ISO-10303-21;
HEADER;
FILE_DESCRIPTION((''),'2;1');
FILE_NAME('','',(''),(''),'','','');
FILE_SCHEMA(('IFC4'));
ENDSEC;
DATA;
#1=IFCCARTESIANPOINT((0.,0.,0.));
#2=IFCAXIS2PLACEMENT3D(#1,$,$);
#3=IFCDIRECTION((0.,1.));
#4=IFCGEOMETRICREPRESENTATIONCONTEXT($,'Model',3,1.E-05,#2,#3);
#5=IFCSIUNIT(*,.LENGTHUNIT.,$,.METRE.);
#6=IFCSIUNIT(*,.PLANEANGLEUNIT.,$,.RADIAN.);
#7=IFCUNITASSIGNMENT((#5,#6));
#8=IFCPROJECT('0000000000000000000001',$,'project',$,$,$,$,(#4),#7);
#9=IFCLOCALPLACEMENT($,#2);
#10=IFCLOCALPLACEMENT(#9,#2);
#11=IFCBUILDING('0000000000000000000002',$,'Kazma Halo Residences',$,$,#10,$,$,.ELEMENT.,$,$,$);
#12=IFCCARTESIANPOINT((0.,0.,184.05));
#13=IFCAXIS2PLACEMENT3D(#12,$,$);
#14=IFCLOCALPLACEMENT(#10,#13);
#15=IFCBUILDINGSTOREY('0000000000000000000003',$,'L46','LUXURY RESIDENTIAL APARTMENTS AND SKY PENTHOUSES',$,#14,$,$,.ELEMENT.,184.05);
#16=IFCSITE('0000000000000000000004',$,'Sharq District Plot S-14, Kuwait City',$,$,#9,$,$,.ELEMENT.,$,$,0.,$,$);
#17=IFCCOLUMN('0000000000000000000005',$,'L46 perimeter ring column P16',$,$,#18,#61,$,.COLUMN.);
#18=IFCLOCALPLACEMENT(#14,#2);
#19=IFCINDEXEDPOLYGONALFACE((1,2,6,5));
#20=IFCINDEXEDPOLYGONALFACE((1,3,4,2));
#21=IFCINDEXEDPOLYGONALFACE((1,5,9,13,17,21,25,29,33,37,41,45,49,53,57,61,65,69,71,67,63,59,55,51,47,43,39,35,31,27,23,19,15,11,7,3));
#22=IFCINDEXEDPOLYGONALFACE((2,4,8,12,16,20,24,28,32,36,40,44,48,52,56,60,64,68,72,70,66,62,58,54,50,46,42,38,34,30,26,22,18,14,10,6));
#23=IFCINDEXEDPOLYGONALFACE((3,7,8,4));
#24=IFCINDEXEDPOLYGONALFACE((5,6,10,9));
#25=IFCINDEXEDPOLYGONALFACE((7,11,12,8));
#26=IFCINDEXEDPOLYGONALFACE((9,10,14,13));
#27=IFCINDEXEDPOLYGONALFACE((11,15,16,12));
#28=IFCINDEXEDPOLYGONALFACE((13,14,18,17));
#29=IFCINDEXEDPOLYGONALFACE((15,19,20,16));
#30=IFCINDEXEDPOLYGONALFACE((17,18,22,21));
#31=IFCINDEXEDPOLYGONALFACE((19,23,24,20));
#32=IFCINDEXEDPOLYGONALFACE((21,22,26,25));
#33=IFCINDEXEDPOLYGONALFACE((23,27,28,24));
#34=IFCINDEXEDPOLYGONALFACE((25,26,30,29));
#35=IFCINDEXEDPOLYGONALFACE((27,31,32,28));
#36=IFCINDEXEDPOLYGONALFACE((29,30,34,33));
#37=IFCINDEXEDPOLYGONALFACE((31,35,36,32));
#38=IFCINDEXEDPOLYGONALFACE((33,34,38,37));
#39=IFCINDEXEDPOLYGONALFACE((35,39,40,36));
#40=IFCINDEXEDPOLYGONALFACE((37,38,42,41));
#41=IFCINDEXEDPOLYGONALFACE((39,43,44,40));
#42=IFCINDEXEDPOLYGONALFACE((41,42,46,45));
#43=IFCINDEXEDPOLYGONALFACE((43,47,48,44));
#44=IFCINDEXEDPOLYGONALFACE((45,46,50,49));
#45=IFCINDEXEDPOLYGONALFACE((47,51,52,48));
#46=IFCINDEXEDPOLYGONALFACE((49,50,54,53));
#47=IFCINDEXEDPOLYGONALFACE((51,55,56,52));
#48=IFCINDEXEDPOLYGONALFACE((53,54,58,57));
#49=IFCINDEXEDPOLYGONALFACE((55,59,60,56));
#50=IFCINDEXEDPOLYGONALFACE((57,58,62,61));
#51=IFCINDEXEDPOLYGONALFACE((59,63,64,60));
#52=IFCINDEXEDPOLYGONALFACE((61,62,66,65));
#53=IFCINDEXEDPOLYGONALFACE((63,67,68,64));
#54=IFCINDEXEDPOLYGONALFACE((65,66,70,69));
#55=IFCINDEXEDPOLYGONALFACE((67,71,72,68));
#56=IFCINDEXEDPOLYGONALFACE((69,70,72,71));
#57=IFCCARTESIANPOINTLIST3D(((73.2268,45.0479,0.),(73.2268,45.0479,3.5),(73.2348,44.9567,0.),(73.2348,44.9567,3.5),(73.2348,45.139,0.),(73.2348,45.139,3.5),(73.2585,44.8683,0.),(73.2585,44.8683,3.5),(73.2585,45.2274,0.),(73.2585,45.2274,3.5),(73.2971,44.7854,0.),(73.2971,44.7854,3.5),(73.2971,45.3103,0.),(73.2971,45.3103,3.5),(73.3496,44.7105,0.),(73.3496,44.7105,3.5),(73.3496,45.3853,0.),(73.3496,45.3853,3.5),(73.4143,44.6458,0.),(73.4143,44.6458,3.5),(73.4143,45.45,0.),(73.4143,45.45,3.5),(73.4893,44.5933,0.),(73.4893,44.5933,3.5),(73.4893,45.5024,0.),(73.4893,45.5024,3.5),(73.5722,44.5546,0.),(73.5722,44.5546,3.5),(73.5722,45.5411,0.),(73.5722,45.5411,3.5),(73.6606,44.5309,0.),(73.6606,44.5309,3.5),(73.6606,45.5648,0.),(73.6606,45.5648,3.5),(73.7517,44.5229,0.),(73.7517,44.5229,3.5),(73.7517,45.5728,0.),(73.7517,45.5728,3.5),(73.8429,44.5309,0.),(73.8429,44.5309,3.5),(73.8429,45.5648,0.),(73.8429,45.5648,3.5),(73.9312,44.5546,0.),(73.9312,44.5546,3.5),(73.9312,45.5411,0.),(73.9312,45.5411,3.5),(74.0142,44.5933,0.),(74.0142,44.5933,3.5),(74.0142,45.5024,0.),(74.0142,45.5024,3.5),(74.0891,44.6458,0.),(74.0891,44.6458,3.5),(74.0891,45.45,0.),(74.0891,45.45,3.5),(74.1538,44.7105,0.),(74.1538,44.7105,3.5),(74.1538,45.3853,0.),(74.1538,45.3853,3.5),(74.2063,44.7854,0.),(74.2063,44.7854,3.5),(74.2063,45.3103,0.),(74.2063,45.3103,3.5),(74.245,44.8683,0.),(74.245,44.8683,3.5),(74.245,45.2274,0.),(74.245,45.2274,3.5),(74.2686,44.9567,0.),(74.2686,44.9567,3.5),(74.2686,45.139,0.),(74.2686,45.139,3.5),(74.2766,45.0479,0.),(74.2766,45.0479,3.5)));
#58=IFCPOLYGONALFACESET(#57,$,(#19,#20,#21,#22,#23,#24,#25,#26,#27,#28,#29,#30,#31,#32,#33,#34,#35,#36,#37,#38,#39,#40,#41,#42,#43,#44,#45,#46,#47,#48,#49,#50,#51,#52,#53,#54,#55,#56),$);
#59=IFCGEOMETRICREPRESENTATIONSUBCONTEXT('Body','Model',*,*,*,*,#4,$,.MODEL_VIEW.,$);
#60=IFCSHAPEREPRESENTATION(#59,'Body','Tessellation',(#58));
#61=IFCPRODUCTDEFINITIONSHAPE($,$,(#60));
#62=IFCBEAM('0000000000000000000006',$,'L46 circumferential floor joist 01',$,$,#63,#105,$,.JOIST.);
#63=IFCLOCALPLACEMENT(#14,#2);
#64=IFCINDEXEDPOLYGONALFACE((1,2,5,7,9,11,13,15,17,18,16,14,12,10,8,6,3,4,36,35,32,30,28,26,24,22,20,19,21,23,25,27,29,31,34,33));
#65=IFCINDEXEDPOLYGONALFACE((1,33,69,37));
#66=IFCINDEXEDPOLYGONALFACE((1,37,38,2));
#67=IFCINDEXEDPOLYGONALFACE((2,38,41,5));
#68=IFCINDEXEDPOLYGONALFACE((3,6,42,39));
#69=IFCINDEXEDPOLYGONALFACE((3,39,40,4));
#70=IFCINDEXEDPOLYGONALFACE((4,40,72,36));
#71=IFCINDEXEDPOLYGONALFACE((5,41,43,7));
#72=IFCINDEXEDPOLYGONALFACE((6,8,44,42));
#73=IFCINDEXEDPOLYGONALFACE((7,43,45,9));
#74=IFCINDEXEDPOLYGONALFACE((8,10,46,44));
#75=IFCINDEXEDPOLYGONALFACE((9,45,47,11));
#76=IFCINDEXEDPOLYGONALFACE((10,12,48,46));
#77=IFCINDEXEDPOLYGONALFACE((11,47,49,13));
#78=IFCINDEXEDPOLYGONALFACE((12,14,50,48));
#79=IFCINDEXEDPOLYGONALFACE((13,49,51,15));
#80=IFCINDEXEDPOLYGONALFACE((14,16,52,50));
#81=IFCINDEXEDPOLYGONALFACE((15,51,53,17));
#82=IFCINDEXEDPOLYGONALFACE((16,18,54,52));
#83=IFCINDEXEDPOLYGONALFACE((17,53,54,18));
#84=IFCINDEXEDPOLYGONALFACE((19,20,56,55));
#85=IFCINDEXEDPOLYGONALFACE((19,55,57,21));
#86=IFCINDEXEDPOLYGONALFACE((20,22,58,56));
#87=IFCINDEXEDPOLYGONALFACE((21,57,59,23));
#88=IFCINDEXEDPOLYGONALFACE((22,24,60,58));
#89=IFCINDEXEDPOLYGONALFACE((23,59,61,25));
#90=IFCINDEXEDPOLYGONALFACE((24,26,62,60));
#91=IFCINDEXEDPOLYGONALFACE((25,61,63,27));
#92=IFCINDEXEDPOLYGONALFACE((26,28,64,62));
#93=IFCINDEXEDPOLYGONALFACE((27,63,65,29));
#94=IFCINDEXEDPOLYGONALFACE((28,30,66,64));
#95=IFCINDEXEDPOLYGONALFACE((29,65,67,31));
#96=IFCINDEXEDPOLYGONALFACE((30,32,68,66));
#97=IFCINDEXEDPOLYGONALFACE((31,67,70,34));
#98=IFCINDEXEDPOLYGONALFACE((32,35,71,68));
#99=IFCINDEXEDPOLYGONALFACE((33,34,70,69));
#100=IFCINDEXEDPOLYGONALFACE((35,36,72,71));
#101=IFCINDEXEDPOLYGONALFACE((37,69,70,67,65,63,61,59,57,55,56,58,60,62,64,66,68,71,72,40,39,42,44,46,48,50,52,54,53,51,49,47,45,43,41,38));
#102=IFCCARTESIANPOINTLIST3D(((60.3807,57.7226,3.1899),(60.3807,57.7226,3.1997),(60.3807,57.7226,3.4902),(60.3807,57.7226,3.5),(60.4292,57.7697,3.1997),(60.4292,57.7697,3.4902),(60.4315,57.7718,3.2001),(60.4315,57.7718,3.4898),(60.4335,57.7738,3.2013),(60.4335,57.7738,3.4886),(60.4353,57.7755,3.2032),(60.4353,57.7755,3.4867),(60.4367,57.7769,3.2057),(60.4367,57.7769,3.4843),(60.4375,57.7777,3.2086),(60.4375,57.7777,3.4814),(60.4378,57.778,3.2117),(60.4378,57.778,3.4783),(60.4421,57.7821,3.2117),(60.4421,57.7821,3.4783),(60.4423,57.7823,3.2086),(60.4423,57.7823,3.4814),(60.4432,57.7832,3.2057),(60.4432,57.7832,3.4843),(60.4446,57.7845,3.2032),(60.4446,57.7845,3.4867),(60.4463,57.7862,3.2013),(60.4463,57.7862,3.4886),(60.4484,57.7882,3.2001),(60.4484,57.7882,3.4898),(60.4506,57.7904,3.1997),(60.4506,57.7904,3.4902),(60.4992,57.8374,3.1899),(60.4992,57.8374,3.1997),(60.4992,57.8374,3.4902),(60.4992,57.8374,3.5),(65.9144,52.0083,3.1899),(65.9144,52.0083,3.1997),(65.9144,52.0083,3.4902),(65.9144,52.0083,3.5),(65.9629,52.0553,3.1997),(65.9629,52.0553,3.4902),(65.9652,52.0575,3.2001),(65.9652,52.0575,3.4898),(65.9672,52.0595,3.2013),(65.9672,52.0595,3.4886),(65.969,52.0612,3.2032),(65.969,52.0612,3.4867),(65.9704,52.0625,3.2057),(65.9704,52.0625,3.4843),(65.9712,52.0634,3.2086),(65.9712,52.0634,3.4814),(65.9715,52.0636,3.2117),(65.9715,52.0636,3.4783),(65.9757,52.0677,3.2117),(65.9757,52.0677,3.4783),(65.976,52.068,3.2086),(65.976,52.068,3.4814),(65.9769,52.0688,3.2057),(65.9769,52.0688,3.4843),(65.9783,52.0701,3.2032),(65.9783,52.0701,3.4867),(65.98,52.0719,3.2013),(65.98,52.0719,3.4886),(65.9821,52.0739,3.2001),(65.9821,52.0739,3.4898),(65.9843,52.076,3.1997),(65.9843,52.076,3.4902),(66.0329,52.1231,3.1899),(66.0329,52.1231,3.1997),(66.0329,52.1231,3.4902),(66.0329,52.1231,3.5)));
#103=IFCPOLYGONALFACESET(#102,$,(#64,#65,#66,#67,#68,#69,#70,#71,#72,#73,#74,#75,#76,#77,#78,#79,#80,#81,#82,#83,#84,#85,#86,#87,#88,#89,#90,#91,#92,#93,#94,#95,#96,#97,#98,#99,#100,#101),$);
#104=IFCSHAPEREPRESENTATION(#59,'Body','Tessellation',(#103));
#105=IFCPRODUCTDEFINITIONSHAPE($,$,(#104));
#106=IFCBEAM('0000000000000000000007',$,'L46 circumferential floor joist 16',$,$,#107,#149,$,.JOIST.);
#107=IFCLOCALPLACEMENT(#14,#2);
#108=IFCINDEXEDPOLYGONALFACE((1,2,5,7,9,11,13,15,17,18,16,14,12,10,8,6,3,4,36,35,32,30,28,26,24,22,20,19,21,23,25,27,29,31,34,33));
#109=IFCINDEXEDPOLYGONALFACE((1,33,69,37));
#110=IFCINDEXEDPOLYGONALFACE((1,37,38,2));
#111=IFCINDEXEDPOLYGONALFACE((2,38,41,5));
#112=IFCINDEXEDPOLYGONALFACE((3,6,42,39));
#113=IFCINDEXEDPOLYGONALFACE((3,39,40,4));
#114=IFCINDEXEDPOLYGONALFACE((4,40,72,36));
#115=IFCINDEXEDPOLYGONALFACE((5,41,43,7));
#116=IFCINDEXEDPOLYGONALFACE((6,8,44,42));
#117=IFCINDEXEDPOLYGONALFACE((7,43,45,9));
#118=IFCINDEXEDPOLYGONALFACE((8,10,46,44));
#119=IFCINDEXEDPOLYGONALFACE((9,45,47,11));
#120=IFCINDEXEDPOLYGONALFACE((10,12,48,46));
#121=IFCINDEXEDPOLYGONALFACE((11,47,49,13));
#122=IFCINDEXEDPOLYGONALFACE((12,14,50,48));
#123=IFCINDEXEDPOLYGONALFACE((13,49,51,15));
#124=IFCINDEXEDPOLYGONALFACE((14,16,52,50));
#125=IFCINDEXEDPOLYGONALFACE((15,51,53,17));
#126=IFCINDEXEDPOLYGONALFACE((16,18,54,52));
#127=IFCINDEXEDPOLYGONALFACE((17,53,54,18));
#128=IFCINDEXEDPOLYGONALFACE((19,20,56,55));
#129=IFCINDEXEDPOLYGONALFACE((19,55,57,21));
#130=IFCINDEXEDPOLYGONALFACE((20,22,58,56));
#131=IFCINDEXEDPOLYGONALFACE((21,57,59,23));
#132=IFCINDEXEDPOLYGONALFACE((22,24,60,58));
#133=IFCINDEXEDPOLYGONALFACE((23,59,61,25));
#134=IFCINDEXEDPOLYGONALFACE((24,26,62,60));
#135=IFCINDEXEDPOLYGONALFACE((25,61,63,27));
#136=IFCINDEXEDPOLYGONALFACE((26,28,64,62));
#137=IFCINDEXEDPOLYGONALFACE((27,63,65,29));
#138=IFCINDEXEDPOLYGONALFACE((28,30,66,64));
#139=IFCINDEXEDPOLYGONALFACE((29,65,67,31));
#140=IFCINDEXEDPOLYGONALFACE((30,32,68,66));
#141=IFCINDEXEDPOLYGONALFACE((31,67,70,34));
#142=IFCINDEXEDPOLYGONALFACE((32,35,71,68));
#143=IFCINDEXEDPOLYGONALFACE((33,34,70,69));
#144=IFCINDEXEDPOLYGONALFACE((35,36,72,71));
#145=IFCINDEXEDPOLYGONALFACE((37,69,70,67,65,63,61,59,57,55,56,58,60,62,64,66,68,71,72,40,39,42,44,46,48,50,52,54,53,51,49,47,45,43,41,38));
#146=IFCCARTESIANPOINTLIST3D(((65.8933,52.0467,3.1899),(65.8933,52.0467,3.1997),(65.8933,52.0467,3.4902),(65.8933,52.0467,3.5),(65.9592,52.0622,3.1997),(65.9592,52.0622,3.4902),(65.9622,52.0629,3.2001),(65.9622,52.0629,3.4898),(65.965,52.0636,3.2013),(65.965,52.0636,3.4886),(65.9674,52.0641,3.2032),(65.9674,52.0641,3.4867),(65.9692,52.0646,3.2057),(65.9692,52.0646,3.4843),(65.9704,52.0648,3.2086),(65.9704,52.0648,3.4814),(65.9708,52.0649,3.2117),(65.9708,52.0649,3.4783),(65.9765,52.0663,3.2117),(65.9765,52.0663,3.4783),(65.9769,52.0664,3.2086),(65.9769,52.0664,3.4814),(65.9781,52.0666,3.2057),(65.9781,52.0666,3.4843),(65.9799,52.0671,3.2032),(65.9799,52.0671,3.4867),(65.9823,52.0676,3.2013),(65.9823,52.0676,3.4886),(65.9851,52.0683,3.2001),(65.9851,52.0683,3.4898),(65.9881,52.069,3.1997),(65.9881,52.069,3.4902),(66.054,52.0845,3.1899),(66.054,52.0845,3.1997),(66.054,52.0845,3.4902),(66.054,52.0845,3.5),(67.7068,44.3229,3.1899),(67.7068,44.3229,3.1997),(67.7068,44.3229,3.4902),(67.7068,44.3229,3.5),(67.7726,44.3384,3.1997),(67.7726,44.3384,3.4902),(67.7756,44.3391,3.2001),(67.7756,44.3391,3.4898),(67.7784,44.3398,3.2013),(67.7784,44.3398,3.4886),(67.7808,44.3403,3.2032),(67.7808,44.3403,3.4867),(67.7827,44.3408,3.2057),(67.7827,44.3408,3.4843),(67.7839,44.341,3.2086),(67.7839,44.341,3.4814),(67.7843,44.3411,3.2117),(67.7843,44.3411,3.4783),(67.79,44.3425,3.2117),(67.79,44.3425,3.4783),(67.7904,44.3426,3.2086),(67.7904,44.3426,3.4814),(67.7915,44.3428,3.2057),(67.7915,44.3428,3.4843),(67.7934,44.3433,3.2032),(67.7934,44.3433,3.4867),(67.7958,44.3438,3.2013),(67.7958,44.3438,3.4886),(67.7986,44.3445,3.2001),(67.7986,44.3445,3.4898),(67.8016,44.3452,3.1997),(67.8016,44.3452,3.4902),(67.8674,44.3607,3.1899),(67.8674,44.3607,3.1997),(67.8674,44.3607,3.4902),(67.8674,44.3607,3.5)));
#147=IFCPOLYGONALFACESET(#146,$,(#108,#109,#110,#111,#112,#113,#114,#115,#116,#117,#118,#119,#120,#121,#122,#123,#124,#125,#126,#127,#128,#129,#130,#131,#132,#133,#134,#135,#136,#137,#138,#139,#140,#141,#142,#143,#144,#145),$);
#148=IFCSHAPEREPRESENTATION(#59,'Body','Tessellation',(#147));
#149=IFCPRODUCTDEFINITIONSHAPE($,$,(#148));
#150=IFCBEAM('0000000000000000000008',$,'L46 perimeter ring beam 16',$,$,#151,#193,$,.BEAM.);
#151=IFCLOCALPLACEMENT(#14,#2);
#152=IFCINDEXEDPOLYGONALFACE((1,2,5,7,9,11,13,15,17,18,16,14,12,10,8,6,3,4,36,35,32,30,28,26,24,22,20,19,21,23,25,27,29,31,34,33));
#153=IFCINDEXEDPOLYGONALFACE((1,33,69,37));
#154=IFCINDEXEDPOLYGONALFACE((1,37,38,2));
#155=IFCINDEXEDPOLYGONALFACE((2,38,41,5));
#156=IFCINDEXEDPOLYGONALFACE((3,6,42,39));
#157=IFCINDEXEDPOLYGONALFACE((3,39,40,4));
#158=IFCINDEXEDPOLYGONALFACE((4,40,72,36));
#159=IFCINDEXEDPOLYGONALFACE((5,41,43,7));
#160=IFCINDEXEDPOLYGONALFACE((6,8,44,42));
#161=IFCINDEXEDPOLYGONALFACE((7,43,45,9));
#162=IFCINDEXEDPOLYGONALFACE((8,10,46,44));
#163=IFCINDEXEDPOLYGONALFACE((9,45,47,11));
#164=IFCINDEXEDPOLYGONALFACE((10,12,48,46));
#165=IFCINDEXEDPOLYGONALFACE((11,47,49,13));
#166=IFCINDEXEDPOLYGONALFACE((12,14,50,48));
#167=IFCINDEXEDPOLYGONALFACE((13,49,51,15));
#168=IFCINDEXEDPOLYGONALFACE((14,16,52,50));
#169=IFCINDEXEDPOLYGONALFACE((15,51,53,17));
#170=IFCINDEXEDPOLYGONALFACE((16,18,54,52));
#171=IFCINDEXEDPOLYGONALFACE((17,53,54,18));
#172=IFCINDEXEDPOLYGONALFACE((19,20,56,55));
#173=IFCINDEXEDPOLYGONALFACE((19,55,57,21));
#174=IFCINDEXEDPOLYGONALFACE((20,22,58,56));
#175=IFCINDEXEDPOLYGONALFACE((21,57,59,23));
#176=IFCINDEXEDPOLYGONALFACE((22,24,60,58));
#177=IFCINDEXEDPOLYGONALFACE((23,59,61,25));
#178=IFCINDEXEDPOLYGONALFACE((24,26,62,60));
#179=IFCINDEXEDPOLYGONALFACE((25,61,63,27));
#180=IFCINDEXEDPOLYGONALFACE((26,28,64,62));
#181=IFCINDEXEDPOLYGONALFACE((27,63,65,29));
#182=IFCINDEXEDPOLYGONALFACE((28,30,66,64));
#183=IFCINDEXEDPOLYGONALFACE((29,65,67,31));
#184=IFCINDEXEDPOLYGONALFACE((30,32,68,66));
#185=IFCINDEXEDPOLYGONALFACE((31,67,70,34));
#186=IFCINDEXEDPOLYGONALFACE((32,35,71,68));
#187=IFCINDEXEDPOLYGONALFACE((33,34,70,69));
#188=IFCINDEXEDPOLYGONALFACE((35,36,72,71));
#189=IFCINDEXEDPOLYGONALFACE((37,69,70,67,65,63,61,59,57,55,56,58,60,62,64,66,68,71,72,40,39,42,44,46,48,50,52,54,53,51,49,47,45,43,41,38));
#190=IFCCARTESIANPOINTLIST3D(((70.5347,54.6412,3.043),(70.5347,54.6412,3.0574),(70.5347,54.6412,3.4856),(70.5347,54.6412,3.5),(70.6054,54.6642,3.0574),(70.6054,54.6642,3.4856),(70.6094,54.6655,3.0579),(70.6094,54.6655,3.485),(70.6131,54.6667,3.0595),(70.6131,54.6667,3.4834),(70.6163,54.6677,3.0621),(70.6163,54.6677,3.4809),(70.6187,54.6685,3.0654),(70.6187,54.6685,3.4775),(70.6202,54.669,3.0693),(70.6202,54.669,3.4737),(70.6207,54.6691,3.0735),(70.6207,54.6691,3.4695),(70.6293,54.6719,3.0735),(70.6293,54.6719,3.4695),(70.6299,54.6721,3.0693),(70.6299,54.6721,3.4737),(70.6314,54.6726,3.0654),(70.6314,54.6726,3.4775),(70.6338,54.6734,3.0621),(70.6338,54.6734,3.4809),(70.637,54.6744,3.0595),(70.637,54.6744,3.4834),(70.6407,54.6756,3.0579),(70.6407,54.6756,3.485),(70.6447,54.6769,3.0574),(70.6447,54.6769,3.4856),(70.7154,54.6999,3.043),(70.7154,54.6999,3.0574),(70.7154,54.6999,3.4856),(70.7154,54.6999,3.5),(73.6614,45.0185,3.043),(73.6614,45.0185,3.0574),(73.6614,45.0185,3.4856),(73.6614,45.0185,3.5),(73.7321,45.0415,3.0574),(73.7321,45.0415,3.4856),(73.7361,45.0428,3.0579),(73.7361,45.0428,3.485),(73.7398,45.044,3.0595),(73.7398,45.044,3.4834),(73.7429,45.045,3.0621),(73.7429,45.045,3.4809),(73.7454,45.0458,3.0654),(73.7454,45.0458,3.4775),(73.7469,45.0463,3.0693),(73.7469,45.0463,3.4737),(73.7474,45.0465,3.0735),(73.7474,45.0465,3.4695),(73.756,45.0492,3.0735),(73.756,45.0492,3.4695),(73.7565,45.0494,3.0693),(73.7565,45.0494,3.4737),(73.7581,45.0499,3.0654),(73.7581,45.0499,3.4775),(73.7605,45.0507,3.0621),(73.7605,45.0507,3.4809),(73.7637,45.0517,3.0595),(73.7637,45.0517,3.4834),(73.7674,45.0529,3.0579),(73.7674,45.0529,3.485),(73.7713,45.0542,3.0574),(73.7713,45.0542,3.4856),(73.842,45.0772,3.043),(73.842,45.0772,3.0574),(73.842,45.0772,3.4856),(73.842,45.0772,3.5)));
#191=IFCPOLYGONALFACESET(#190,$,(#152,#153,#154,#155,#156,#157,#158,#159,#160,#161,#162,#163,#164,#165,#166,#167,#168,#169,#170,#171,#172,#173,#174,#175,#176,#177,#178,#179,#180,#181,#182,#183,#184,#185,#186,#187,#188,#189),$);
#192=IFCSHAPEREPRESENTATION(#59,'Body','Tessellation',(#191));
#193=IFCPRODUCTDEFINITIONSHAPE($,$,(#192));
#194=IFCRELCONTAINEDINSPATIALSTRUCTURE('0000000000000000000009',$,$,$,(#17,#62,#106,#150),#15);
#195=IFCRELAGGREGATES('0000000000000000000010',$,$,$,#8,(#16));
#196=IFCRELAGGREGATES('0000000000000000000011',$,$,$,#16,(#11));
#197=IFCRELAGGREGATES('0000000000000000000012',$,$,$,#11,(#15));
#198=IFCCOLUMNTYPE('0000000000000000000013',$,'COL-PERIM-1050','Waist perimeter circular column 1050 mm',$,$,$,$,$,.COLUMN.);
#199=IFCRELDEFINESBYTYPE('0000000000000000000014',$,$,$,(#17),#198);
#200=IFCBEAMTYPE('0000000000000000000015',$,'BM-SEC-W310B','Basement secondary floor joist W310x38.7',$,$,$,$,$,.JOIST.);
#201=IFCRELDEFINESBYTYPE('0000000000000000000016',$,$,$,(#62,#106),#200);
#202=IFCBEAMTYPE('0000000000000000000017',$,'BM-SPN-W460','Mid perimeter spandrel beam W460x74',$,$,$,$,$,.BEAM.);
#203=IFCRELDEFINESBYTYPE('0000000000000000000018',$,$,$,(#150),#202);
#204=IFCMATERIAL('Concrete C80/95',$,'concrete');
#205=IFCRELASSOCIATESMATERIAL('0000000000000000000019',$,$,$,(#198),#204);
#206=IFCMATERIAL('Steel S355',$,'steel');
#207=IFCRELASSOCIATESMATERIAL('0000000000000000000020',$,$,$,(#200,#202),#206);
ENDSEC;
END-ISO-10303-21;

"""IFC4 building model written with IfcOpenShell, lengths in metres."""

from ifc_helpers import new_model, si_unit, direction, frame, origin, origin_2d, place, context, subcontext, project, spatial, circle, i_section, extrude, material, material_profile, profile_set, type_object, element, save


model = new_model("IFC4")

# Units and contexts
model_context = context("Model", 3, precision=1e-05, world=origin(), true_north=direction((0.0, 1.0)))
body_context = subcontext(model_context, "Body", "Model", "MODEL_VIEW")
ifc_project = project(units=[si_unit("LENGTHUNIT", "METRE"), si_unit("PLANEANGLEUNIT", "RADIAN")], contexts=[model_context])

# Site, building, storey
site_placement = place(None, origin())
site = spatial("IfcSite", under=ifc_project, at=site_placement, Name="Sharq District Plot S-14, Kuwait City", CompositionType="ELEMENT", RefElevation=0.0)
building_placement = place(site_placement, origin())
building = spatial("IfcBuilding", under=site, at=building_placement, Name="Kazma Halo Residences", CompositionType="ELEMENT")
storey_placement = place(building_placement, frame((0.0, 0.0, 184.05)))
storey = spatial("IfcBuildingStorey", under=building, at=storey_placement, Name="L46", Description="LUXURY RESIDENTIAL APARTMENTS AND SKY PENTHOUSES", CompositionType="ELEMENT", Elevation=184.05)

# Column
ifc_material_1 = material(Name="Concrete C80/95", Category="concrete")
ifc_material_profile_1 = material_profile(ifc_material_1, circle(Radius=0.5249, at=origin_2d()), Name="CIRC1050")
ifc_profile_set_1 = profile_set([ifc_material_profile_1], Name="Concrete C80/95")
column_type = type_object("IfcColumnType", Name="COL-PERIM-1050", Description="Waist perimeter circular column 1050 mm", PredefinedType="COLUMN", material=ifc_profile_set_1)
column_placement = place(storey_placement, frame((73.7517, 45.0479, 0.0), z_axis=(0.0, 0.0, 1.0), x_axis=(1.0, 0.0, 0.0)))
element("IfcColumn", 1, at=column_placement, inside=storey, type_object=column_type, Name="L46 perimeter ring column P16", PredefinedType="COLUMN", context=body_context, shape_type="SweptSolid", body=[
    extrude(circle(Radius=0.5249, at=origin_2d()), origin(), (0.0, 0.0, 1.0), 3.5),
])

# Beams
ifc_material_2 = material(Name="Steel S355", Category="steel")
ifc_material_profile_2 = material_profile(ifc_material_2, i_section(OverallWidth=0.165, OverallDepth=0.3101, WebThickness=0.0059, FlangeThickness=0.0098, FilletRadius=0.012, at=origin_2d()), Name="W310x38.7")
ifc_profile_set_2 = profile_set([ifc_material_profile_2], Name="Steel S355")
beam_type_1 = type_object("IfcBeamType", Name="BM-SEC-W310B", Description="Basement secondary floor joist W310x38.7", PredefinedType="JOIST", material=ifc_profile_set_2)
beam_1_placement = place(storey_placement, frame((65.9736, 52.0657, 3.345), z_axis=(-0.69566, 0.718372, 0.0), x_axis=(-0.718372, -0.69566, 0.0)))
element("IfcBeam", 2, at=beam_1_placement, inside=storey, type_object=beam_type_1, Name="L46 circumferential floor joist 01", PredefinedType="JOIST", context=body_context, shape_type="SweptSolid", body=[
    extrude(i_section(OverallWidth=0.165, OverallDepth=0.3101, WebThickness=0.0059, FlangeThickness=0.0098, FilletRadius=0.012, at=origin_2d()), origin(), (0.0, 0.0, 1.0), 7.9546),
])
beam_2_placement = place(storey_placement, frame((67.7871, 44.3418, 3.345), z_axis=(-0.228573, 0.973527, 0.0), x_axis=(-0.973527, -0.228573, 0.0)))
element("IfcBeam", 3, at=beam_2_placement, inside=storey, type_object=beam_type_1, Name="L46 circumferential floor joist 16", PredefinedType="JOIST", context=body_context, shape_type="SweptSolid", body=[
    extrude(i_section(OverallWidth=0.165, OverallDepth=0.3101, WebThickness=0.0059, FlangeThickness=0.0098, FilletRadius=0.012, at=origin_2d()), origin(), (0.0, 0.0, 1.0), 7.9338),
])
ifc_material_profile_3 = material_profile(ifc_material_2, i_section(OverallWidth=0.1899, OverallDepth=0.457, WebThickness=0.009, FlangeThickness=0.0144, FilletRadius=0.0161, at=origin_2d()), Name="W460x74")
ifc_profile_set_3 = profile_set([ifc_material_profile_3], Name="Steel S355")
beam_type_2 = type_object("IfcBeamType", Name="BM-SPN-W460", Description="Mid perimeter spandrel beam W460x74", PredefinedType="BEAM", material=ifc_profile_set_3)
beam_3_placement = place(storey_placement, frame((73.7517, 45.0479, 3.2715), z_axis=(-0.309023, 0.951054, 0.0), x_axis=(-0.951054, -0.309023, 0.0)))
element("IfcBeam", 4, at=beam_3_placement, inside=storey, type_object=beam_type_2, Name="L46 perimeter ring beam 16", PredefinedType="BEAM", context=body_context, shape_type="SweptSolid", body=[
    extrude(i_section(OverallWidth=0.1899, OverallDepth=0.457, WebThickness=0.009, FlangeThickness=0.0144, FilletRadius=0.0161, at=origin_2d()), origin(), (0.0, 0.0, 1.0), 10.1179),
])

save(model, "model.ifc")
